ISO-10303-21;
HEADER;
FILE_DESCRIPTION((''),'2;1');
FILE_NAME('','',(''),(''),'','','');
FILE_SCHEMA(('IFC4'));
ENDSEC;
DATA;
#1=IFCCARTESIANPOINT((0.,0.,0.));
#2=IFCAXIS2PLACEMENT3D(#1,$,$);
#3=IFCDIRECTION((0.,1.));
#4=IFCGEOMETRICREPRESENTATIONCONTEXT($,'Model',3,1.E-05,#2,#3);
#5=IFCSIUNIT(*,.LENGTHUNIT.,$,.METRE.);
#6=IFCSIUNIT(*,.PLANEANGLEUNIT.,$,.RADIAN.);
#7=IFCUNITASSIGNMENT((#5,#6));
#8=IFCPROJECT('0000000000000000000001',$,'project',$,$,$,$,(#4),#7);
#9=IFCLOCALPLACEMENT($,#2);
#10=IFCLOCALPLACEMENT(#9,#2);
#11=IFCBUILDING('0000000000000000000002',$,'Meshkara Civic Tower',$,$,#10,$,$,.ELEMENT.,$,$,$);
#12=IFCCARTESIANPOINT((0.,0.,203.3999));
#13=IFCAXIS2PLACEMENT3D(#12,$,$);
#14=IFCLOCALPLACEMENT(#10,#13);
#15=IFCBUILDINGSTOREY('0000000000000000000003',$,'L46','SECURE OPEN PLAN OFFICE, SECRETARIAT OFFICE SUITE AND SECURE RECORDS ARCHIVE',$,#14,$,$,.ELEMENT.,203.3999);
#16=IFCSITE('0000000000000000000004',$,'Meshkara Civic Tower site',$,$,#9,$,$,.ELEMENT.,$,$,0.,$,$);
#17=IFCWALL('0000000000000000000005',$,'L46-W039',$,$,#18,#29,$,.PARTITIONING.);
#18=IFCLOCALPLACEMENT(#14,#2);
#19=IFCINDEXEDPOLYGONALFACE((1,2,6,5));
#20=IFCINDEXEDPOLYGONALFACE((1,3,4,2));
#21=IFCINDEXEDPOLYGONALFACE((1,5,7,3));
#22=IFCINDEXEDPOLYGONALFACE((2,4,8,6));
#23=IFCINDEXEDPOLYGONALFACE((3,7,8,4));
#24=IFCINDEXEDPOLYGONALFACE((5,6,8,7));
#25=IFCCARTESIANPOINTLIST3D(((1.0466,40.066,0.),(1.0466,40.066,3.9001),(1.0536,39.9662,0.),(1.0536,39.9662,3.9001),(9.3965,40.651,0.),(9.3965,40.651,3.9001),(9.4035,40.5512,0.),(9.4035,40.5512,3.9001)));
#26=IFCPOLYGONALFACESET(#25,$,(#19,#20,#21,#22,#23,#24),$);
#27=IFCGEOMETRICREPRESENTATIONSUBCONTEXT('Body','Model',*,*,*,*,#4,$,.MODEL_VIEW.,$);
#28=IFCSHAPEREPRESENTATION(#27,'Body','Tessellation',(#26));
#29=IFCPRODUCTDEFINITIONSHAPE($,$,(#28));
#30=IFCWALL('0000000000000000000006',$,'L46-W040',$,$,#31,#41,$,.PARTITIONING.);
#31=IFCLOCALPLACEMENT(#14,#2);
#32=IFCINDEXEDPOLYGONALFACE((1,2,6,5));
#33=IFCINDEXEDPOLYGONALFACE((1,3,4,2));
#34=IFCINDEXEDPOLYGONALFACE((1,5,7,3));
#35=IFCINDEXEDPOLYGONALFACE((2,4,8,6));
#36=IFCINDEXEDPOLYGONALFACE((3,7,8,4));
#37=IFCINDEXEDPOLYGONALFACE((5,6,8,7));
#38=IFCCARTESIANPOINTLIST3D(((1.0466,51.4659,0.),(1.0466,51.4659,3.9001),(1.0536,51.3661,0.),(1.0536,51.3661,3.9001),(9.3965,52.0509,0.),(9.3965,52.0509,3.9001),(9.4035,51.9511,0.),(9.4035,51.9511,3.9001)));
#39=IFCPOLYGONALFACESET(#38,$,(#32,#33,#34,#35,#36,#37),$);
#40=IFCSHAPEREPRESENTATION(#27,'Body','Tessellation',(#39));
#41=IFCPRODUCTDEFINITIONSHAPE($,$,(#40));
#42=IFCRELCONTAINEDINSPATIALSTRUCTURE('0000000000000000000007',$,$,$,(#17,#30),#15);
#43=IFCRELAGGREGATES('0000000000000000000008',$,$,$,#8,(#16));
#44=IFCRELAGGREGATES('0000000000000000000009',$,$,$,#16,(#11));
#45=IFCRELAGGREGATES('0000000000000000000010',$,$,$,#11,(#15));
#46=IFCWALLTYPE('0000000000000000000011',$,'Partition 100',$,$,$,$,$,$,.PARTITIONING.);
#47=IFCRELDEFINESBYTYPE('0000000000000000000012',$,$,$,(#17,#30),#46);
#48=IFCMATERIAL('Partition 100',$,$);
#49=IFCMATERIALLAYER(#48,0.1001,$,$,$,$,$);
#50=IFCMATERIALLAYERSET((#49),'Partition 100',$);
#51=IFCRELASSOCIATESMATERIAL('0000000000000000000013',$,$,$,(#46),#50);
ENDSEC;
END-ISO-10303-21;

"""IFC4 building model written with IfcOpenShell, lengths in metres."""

from ifc_helpers import new_model, si_unit, direction, frame, frame_2d, origin, place, context, subcontext, project, spatial, rectangle, extrude, material, layer, layer_set, type_object, element, save


model = new_model("IFC4")

# Units and contexts
model_context = context("Model", 3, precision=1e-05, world=origin(), true_north=direction((0.0, 1.0)))
body_context = subcontext(model_context, "Body", "Model", "MODEL_VIEW")
ifc_project = project(units=[si_unit("LENGTHUNIT", "METRE"), si_unit("PLANEANGLEUNIT", "RADIAN")], contexts=[model_context])

# Site, building, storey
site_placement = place(None, origin())
site = spatial("IfcSite", under=ifc_project, at=site_placement, Name="Meshkara Civic Tower site", CompositionType="ELEMENT", RefElevation=0.0)
building_placement = place(site_placement, origin())
building = spatial("IfcBuilding", under=site, at=building_placement, Name="Meshkara Civic Tower", CompositionType="ELEMENT")
storey_placement = place(building_placement, frame((0.0, 0.0, 203.3999)))
storey = spatial("IfcBuildingStorey", under=building, at=storey_placement, Name="L46", Description="SECURE OPEN PLAN OFFICE, SECRETARIAT OFFICE SUITE AND SECURE RECORDS ARCHIVE", CompositionType="ELEMENT", Elevation=203.3999)

# Walls
ifc_material_1 = material(Name="Partition 100")
ifc_layer_1 = layer(ifc_material_1, 0.1001)
ifc_layer_set_1 = layer_set([ifc_layer_1], Name="Partition 100")
wall_type_1 = type_object("IfcWallType", Name="Partition 100", PredefinedType="PARTITIONING", material=ifc_layer_set_1)
for number, where, z_axis, x_axis, name in (
    (1, (9.3999, 40.6011, 0.0), (0.0, 0.0, 1.0), (-0.997555, -0.069885, 0.0), "L46-W039"),
    (2, (9.3999, 52.001, 0.0), (0.0, 0.0, 1.0), (-0.997555, -0.069885, 0.0), "L46-W040"),
):
    element("IfcWall", number, at=place(storey_placement, frame(where, z_axis=z_axis, x_axis=x_axis)), inside=storey, type_object=wall_type_1, Name=name, PredefinedType="PARTITIONING", context=body_context, shape_type="SweptSolid", body=[
        extrude(rectangle(XDim=8.3704, YDim=0.1001, at=frame_2d((4.1851, 0.0))), origin(), (0.0, 0.0, 1.0), 3.9001),
    ])

save(model, "model.ifc")
